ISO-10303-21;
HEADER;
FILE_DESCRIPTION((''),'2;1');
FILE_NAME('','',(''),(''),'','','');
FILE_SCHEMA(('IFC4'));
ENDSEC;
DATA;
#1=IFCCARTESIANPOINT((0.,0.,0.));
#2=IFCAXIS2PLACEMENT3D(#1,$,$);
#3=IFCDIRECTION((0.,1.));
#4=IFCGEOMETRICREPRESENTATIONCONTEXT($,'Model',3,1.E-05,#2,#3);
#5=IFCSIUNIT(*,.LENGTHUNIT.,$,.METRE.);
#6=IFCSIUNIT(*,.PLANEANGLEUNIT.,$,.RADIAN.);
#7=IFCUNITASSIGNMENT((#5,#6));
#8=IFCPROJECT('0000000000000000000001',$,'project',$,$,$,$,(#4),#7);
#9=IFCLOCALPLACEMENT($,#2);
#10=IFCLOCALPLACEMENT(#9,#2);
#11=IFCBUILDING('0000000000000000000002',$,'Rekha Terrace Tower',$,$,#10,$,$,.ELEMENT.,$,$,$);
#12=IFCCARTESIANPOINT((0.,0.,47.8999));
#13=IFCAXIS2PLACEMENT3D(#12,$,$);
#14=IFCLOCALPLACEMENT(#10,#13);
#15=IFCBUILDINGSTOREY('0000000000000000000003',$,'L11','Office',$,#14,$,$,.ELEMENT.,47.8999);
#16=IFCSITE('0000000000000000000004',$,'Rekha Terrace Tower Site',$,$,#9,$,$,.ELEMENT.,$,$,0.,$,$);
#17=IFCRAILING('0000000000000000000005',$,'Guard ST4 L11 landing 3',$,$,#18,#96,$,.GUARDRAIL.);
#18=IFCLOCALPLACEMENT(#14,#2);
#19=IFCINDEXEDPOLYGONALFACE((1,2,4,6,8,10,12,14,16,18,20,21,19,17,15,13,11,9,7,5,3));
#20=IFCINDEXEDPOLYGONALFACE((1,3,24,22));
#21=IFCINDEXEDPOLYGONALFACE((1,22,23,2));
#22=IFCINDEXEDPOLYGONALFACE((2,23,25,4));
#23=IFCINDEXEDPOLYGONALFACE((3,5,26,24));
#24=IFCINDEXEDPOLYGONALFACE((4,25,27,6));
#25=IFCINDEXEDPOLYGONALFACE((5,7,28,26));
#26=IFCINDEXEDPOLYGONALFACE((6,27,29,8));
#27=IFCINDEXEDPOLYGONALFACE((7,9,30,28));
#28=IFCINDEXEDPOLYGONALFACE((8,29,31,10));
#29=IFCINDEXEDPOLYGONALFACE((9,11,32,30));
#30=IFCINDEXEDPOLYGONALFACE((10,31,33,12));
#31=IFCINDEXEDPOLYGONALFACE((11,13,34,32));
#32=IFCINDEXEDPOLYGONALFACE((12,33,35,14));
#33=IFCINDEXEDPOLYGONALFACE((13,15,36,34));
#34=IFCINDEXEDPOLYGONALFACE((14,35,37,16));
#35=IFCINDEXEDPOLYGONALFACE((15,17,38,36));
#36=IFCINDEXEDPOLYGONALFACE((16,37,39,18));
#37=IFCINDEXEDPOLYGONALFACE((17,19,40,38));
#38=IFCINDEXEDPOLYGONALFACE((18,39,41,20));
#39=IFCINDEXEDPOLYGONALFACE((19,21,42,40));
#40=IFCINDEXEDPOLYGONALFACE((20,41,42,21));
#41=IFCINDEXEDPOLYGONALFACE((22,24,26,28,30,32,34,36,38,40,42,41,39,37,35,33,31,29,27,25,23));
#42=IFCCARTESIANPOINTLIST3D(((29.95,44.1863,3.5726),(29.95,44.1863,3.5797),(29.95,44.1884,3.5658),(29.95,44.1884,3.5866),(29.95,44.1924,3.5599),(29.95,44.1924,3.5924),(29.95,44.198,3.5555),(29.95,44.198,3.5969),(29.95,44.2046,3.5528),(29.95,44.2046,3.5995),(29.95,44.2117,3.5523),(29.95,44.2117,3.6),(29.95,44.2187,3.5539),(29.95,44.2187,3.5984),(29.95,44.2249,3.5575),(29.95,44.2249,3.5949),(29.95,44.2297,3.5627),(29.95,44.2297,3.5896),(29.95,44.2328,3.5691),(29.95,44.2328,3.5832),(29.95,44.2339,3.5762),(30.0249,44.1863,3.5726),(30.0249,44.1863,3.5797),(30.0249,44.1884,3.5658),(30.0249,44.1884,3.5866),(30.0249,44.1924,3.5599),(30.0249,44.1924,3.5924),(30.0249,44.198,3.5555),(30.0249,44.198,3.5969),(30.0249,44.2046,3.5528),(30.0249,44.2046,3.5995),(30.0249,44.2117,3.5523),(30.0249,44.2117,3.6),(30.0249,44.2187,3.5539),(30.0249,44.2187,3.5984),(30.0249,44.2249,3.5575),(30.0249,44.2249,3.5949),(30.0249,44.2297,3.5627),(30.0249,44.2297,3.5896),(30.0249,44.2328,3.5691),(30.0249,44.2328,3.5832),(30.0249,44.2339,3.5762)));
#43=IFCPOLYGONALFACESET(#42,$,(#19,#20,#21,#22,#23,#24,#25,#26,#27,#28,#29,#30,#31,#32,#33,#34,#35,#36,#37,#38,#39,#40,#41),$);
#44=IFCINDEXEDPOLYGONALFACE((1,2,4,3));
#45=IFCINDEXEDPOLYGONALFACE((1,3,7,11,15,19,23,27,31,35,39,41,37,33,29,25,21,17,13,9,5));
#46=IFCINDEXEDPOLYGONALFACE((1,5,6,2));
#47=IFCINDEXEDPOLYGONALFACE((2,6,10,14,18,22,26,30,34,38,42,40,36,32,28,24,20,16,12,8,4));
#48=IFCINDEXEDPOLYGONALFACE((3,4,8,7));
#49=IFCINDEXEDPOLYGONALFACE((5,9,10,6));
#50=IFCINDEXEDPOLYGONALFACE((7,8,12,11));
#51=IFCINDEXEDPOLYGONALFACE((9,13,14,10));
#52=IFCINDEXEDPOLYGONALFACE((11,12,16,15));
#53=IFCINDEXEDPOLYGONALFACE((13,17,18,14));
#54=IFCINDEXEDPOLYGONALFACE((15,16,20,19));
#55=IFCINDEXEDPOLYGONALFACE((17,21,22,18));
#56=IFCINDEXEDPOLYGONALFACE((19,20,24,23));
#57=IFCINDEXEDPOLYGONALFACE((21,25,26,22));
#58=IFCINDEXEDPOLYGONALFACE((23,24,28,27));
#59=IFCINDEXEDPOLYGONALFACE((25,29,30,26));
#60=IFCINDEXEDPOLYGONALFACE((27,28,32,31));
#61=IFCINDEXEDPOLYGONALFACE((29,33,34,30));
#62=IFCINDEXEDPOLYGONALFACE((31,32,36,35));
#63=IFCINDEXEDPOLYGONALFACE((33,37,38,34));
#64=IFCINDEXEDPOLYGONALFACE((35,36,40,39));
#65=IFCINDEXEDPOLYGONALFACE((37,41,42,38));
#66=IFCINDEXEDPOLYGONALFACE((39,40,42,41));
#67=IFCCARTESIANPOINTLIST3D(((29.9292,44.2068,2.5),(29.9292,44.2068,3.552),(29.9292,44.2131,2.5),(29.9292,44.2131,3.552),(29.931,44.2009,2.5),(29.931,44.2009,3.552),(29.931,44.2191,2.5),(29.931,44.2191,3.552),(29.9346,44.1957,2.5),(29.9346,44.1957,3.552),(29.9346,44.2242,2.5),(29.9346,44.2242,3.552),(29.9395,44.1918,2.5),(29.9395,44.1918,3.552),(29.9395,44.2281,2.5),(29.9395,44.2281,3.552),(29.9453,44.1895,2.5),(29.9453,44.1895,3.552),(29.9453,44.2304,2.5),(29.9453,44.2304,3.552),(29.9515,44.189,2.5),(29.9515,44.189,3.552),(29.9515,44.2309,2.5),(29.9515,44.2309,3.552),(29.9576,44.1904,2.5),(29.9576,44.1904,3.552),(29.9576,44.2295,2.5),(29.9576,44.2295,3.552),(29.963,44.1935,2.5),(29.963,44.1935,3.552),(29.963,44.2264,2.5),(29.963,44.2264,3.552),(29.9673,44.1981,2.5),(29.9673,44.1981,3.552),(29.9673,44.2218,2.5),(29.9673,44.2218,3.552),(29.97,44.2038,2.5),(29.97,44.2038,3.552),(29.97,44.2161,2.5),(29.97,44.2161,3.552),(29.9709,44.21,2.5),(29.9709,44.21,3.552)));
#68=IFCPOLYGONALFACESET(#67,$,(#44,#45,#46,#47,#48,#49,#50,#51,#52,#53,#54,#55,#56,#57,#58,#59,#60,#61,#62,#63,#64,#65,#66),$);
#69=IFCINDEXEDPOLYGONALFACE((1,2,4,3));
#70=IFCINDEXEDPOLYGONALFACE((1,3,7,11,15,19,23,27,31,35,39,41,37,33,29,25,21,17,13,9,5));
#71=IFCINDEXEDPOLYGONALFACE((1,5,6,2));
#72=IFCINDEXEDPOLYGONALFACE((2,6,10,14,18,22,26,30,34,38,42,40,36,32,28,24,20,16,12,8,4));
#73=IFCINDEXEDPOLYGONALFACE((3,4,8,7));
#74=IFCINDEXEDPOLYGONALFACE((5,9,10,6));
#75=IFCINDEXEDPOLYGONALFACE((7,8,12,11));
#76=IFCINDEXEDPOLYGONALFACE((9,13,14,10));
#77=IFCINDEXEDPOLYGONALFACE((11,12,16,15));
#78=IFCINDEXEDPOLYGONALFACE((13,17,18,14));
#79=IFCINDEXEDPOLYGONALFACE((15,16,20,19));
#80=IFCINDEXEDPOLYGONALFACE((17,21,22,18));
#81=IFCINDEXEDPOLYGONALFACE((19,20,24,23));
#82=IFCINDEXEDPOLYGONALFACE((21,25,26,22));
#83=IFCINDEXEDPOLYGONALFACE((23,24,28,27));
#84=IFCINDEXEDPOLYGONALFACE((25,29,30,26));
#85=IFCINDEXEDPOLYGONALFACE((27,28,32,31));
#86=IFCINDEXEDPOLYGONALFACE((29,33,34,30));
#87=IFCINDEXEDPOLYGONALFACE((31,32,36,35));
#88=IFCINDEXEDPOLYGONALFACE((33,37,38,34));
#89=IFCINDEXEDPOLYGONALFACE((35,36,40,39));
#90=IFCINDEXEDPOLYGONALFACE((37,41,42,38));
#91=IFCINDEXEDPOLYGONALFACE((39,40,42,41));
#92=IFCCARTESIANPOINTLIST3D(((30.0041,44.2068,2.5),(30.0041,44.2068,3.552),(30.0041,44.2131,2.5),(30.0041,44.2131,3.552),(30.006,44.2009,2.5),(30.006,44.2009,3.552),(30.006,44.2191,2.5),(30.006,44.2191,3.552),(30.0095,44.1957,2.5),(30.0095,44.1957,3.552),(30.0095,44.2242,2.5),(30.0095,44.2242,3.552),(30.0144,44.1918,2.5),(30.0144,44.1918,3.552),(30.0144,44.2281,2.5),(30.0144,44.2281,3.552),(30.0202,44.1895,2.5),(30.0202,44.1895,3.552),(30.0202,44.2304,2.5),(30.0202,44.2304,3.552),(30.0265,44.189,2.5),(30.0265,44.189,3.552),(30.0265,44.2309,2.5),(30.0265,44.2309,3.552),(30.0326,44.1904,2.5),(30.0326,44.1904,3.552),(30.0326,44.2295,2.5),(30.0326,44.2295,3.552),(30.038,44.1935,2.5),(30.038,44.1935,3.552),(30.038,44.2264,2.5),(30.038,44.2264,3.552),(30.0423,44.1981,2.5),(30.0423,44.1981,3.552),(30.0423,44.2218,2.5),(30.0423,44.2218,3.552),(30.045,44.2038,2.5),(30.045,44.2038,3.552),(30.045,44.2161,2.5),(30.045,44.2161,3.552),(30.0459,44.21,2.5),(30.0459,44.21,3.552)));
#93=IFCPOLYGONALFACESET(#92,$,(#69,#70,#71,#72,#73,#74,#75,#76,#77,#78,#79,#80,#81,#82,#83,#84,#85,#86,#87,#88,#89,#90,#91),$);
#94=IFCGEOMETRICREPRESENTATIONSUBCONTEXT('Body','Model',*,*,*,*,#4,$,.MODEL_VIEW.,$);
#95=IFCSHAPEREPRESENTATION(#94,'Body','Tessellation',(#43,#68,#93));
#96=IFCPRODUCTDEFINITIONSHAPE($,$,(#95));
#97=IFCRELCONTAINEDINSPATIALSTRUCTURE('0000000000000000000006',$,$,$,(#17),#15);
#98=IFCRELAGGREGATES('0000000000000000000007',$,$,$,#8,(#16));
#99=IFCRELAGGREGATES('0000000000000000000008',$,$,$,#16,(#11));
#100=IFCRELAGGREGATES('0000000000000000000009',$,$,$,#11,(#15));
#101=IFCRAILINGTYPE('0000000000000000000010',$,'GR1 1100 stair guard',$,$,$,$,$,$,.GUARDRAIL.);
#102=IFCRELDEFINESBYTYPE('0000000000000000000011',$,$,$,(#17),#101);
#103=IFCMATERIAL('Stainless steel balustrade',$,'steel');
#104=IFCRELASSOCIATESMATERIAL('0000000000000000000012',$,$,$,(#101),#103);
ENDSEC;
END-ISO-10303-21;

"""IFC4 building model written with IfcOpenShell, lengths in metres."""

from ifc_helpers import new_model, si_unit, direction, frame, origin, origin_2d, place, context, subcontext, project, spatial, circle, extrude, material, type_object, element, save


model = new_model("IFC4")

# Units and contexts
model_context = context("Model", 3, precision=1e-05, world=origin(), true_north=direction((0.0, 1.0)))
body_context = subcontext(model_context, "Body", "Model", "MODEL_VIEW")
ifc_project = project(units=[si_unit("LENGTHUNIT", "METRE"), si_unit("PLANEANGLEUNIT", "RADIAN")], contexts=[model_context])

# Site, building, storey
site_placement = place(None, origin())
site = spatial("IfcSite", under=ifc_project, at=site_placement, Name="Rekha Terrace Tower Site", CompositionType="ELEMENT", RefElevation=0.0)
building_placement = place(site_placement, origin())
building = spatial("IfcBuilding", under=site, at=building_placement, Name="Rekha Terrace Tower", CompositionType="ELEMENT")
storey_placement = place(building_placement, frame((0.0, 0.0, 47.8999)))
storey = spatial("IfcBuildingStorey", under=building, at=storey_placement, Name="L11", Description="Office", CompositionType="ELEMENT", Elevation=47.8999)

# Railing
ifc_material_1 = material(Name="Stainless steel balustrade", Category="steel")
railing_type_1 = type_object("IfcRailingType", Name="GR1 1100 stair guard", PredefinedType="GUARDRAIL", material=ifc_material_1)
railing_1_placement = place(storey_placement, frame((29.95, 44.21, 2.5)))
element("IfcRailing", 1, at=railing_1_placement, inside=storey, type_object=railing_type_1, Name="Guard ST4 L11 landing 3", PredefinedType="GUARDRAIL", context=body_context, shape_type="SweptSolid", body=[
    extrude(circle(Radius=0.0239, at=origin_2d()), frame((0.0, 0.0, 1.0762), z_axis=(1.0, 0.0, 0.0), x_axis=(0.0, 1.0, 0.0)), (0.0, 0.0, 1.0), 0.075),
    extrude(circle(Radius=0.021, at=origin_2d()), origin(), (0.0, 0.0, 1.0), 1.052),
    extrude(circle(Radius=0.021, at=origin_2d()), frame((0.075, 0.0, 0.0)), (0.0, 0.0, 1.0), 1.052),
])

save(model, "model.ifc")
